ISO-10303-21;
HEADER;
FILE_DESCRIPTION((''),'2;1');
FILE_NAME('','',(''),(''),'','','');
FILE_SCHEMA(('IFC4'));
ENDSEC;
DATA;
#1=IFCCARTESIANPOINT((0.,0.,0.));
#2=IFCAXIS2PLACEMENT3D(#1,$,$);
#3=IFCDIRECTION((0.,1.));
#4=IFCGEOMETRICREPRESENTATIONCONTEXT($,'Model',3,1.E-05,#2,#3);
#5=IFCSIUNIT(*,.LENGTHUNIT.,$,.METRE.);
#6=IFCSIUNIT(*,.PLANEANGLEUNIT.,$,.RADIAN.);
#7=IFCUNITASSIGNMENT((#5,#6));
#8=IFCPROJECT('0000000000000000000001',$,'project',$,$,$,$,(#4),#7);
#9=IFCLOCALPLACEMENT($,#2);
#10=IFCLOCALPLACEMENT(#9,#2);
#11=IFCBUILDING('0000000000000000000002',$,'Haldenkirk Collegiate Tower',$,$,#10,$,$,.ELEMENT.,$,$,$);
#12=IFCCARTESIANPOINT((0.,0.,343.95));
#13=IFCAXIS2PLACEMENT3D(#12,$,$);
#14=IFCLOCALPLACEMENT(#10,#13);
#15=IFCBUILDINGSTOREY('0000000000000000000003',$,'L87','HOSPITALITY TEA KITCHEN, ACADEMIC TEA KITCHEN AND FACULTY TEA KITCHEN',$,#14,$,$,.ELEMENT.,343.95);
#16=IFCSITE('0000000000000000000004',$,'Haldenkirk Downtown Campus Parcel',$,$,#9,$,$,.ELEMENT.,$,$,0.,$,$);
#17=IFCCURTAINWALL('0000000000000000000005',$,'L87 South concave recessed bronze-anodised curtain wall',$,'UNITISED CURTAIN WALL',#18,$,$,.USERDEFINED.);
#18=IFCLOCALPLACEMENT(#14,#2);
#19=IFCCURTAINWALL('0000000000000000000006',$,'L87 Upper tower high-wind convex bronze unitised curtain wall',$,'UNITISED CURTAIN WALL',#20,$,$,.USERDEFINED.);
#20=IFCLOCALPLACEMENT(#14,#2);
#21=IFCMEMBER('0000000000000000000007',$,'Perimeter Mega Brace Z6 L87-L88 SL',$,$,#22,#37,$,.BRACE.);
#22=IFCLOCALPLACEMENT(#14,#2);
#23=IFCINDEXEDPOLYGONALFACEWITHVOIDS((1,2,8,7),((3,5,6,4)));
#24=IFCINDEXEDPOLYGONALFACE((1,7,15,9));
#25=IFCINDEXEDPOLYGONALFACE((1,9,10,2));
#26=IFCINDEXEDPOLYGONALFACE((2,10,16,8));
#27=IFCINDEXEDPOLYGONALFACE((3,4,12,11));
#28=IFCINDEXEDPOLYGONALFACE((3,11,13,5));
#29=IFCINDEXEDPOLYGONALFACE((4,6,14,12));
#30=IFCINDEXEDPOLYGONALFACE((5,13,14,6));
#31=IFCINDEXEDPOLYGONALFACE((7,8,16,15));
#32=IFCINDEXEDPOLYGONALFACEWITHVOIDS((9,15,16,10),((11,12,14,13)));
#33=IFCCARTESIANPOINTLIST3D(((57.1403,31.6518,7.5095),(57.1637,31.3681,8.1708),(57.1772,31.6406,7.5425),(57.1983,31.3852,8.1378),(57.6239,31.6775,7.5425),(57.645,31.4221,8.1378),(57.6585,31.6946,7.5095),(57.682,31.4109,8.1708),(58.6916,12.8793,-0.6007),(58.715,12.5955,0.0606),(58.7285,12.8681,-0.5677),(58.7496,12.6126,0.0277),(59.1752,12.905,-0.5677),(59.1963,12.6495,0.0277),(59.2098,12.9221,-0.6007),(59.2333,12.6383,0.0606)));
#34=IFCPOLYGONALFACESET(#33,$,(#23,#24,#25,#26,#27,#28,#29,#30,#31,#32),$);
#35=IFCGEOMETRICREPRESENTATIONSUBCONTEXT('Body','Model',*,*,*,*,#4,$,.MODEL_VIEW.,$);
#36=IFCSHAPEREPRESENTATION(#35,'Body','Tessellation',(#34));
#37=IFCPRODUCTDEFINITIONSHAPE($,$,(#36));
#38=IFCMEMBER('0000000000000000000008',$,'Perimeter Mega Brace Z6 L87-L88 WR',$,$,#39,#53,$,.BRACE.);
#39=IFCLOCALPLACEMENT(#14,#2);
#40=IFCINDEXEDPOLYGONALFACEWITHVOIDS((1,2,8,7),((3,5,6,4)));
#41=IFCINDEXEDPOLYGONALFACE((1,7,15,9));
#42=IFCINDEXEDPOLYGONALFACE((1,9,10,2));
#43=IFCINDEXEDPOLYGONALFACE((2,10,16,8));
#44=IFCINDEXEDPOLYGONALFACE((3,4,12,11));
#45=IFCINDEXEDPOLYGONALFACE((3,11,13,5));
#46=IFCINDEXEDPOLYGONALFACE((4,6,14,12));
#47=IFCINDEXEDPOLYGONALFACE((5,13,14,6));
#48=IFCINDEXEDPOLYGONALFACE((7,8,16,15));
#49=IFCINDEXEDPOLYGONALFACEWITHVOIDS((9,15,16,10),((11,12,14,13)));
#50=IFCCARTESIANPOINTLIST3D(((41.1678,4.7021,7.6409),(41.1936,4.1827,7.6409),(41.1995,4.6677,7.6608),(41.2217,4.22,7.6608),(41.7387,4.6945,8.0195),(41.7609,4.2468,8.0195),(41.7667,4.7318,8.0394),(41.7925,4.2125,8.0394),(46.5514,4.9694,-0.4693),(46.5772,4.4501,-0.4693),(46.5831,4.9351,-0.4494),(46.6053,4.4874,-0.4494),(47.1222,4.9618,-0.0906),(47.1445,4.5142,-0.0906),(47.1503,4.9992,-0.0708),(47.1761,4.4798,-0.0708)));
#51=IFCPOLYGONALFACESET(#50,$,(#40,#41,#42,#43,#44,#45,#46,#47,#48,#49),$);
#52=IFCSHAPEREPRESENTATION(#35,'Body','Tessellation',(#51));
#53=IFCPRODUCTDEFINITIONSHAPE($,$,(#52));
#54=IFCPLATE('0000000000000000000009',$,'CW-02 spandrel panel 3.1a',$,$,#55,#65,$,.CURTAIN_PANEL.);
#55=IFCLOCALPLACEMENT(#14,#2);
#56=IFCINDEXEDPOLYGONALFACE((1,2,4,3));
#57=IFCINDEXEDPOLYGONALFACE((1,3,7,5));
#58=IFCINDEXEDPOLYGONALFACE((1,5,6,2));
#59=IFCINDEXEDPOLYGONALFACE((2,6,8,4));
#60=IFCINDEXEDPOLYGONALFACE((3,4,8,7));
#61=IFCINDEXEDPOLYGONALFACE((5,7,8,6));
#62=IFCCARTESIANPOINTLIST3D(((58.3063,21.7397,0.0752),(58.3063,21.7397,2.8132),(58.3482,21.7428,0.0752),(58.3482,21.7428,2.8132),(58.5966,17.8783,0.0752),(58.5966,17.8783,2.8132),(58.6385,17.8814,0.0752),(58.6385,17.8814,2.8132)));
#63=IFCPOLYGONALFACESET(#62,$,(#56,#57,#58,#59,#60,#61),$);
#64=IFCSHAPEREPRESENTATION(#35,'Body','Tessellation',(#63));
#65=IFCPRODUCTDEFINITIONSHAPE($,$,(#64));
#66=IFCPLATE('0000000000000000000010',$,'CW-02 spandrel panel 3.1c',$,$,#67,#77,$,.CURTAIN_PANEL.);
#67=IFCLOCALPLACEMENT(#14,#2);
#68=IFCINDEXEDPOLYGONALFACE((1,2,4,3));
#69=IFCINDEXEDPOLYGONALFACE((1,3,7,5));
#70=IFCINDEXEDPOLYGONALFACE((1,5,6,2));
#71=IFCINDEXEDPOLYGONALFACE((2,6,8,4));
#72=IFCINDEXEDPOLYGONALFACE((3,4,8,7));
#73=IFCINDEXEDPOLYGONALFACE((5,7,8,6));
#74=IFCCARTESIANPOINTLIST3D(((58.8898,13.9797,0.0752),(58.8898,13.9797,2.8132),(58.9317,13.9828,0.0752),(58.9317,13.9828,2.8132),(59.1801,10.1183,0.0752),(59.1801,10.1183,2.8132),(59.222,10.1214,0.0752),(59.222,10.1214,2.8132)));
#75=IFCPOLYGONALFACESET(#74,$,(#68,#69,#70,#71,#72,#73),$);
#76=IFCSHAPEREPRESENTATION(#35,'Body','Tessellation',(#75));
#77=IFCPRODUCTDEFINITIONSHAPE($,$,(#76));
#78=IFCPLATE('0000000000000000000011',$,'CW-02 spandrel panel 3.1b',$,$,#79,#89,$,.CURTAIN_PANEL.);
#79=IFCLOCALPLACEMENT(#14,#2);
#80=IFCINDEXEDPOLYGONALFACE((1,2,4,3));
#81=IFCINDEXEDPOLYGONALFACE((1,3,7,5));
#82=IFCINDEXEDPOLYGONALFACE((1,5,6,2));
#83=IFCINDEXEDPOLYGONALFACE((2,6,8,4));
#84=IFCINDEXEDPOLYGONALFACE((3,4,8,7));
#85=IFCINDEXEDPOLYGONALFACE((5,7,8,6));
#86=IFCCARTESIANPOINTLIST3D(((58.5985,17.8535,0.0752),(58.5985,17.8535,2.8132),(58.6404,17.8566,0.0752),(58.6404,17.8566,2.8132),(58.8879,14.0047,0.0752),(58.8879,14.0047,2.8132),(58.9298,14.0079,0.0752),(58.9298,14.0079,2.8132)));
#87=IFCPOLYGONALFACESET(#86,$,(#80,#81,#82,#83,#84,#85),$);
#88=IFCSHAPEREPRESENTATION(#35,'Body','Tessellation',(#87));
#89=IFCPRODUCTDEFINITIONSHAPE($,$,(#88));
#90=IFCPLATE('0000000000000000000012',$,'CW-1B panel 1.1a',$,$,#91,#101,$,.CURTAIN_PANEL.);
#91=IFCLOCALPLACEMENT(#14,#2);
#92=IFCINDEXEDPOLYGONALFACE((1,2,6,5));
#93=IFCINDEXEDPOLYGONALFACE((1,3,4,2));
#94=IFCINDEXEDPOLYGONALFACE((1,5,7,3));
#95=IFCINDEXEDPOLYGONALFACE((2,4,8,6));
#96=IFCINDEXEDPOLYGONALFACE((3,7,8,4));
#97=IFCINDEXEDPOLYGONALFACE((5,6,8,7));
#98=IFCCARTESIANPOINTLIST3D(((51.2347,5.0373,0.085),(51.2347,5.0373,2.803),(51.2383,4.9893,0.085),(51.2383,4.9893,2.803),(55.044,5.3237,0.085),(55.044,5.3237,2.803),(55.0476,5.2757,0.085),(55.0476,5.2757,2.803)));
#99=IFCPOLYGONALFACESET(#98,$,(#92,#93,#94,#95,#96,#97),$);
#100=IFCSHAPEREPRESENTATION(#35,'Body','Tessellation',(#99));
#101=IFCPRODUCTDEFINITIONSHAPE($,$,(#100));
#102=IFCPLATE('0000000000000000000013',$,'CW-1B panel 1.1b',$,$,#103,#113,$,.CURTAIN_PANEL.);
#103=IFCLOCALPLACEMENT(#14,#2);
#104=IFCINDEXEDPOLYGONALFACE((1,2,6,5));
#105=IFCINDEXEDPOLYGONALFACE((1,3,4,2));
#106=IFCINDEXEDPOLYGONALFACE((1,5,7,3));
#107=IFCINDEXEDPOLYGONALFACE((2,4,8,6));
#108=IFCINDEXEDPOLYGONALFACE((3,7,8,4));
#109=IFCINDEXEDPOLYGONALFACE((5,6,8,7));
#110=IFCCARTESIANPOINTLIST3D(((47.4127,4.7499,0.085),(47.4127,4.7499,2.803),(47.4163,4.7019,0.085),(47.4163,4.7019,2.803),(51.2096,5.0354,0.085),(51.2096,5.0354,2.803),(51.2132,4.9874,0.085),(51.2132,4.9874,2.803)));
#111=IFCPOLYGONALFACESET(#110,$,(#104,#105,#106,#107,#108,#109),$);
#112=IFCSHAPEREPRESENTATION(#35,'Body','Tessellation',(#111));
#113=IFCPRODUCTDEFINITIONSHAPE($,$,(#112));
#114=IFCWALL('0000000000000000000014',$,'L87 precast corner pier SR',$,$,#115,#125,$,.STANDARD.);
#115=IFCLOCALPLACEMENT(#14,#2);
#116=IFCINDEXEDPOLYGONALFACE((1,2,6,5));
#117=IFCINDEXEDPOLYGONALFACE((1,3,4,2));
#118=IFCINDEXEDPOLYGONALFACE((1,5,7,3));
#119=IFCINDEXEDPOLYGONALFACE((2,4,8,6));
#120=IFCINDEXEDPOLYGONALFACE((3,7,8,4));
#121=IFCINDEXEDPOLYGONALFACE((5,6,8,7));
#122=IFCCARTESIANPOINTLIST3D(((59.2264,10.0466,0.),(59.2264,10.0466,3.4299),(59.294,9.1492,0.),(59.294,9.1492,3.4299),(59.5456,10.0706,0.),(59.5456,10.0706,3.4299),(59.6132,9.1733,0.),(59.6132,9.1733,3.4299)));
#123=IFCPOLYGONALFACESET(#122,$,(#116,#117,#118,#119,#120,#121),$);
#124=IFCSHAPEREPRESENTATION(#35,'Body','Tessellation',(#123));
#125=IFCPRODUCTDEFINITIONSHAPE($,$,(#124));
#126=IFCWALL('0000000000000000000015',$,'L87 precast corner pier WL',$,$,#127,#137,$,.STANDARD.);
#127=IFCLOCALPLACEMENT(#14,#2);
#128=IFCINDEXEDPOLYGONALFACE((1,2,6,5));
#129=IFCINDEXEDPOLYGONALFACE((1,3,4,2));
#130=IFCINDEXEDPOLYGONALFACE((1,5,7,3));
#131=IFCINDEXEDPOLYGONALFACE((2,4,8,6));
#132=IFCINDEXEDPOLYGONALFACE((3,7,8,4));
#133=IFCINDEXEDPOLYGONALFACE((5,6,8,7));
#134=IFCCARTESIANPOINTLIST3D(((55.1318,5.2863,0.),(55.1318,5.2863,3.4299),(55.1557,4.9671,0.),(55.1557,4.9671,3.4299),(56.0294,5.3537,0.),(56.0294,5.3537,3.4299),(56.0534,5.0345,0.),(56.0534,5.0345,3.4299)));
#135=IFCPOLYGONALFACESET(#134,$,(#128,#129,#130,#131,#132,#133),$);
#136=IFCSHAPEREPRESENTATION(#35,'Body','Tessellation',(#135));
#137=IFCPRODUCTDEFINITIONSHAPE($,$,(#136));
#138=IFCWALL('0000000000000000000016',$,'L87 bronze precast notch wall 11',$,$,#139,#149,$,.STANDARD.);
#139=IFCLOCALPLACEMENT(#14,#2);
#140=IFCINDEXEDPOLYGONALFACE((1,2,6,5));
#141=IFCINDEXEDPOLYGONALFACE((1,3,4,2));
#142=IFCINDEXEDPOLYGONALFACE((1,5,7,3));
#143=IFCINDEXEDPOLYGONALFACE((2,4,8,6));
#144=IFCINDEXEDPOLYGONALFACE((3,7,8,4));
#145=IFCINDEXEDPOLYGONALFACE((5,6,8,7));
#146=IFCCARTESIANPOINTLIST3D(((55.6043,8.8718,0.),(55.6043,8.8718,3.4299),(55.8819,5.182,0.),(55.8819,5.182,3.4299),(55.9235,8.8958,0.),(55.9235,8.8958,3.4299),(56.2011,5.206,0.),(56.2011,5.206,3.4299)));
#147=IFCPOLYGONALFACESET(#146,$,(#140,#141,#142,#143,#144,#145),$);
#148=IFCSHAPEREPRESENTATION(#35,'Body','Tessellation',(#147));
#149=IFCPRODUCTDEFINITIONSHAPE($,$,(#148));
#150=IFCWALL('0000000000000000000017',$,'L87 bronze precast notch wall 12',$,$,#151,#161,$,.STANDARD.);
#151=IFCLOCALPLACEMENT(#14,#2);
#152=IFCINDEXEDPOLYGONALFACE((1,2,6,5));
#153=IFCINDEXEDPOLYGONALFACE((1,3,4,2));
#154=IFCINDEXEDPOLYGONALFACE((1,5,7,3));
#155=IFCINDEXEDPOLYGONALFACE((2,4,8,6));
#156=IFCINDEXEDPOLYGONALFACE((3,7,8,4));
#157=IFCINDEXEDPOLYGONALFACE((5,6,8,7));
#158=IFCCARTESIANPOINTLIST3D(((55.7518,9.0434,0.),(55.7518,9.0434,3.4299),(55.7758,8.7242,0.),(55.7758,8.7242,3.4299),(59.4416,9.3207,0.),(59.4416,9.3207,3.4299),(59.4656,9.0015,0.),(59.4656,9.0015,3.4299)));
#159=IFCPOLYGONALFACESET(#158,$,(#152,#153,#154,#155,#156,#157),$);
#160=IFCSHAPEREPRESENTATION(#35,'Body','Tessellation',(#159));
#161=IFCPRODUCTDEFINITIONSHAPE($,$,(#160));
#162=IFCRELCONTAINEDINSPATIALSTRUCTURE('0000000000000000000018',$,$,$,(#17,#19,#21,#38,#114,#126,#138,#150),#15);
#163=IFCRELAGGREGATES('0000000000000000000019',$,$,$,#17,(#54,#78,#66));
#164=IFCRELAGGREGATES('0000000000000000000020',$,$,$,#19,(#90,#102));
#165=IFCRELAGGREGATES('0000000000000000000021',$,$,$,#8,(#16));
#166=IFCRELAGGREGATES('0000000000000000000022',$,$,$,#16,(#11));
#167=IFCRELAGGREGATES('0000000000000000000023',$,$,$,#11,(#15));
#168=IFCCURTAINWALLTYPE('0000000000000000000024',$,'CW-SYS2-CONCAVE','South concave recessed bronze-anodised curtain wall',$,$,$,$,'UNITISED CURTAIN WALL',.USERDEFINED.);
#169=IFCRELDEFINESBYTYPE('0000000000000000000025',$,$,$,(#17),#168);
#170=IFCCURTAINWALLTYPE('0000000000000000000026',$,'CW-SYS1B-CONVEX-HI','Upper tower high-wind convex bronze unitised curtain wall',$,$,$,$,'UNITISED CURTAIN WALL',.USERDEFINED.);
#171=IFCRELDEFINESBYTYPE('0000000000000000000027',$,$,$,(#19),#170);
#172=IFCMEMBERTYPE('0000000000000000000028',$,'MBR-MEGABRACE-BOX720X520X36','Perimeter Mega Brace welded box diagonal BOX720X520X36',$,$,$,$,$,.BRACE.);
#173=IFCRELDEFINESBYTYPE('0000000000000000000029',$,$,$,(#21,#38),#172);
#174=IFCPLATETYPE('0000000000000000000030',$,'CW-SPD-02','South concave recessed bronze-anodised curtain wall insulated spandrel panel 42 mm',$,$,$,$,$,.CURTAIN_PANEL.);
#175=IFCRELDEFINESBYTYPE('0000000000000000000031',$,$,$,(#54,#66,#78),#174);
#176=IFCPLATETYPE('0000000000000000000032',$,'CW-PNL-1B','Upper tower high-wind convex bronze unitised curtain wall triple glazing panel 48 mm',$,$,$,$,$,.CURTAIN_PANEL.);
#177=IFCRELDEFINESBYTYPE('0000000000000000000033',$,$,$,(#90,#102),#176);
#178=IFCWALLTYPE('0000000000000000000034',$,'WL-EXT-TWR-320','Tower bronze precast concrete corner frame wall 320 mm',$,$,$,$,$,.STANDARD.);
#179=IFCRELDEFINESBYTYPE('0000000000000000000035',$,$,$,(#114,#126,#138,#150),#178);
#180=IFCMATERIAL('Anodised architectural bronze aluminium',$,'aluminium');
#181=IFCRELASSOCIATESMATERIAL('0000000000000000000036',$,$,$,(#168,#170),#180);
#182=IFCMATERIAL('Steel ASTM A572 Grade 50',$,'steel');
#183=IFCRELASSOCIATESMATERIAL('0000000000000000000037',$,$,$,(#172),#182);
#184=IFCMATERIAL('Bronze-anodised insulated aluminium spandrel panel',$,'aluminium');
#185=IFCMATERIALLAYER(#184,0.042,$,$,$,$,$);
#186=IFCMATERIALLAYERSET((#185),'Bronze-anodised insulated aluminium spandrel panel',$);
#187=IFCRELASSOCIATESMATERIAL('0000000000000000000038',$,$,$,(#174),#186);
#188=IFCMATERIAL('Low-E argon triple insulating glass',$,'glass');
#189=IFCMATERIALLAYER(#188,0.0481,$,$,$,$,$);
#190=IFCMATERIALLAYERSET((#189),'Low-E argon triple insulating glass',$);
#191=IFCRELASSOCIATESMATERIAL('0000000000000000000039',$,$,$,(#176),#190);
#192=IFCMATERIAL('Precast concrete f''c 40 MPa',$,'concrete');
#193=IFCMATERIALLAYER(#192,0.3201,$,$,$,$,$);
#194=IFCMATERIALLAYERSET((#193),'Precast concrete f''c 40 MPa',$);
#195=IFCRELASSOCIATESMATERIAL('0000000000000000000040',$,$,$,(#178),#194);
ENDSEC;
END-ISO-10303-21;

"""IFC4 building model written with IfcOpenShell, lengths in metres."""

from ifc_helpers import new_model, si_unit, direction, frame, frame_2d, origin, origin_2d, place, context, subcontext, project, spatial, rectangle, hollow_rectangle, extrude, source, transform, mapped, material, layer, layer_set, material_profile, profile_set, type_object, element, aggregate, save


model = new_model("IFC4")

# Units and contexts
model_context = context("Model", 3, precision=1e-05, world=origin(), true_north=direction((0.0, 1.0)))
body_context = subcontext(model_context, "Body", "Model", "MODEL_VIEW")
ifc_project = project(units=[si_unit("LENGTHUNIT", "METRE"), si_unit("PLANEANGLEUNIT", "RADIAN")], contexts=[model_context])

# Site, building, storey
site_placement = place(None, origin())
site = spatial("IfcSite", under=ifc_project, at=site_placement, Name="Haldenkirk Downtown Campus Parcel", CompositionType="ELEMENT", RefElevation=0.0)
building_placement = place(site_placement, origin())
building = spatial("IfcBuilding", under=site, at=building_placement, Name="Haldenkirk Collegiate Tower", CompositionType="ELEMENT")
storey_placement = place(building_placement, frame((0.0, 0.0, 343.95)))
storey = spatial("IfcBuildingStorey", under=building, at=storey_placement, Name="L87", Description="HOSPITALITY TEA KITCHEN, ACADEMIC TEA KITCHEN AND FACULTY TEA KITCHEN", CompositionType="ELEMENT", Elevation=343.95)

# Shared definitions
ifc_material_1 = material(Name="Steel ASTM A572 Grade 50", Category="steel")

# Curtain wall
ifc_material_2 = material(Name="Anodised architectural bronze aluminium", Category="aluminium")
curtain_wall_type_1 = type_object("IfcCurtainWallType", Name="CW-SYS2-CONCAVE", Description="South concave recessed bronze-anodised curtain wall", ElementType="UNITISED CURTAIN WALL", PredefinedType="USERDEFINED", material=ifc_material_2)
curtain_wall_1_placement = place(storey_placement, origin())
curtain_wall_1 = element("IfcCurtainWall", 1, at=curtain_wall_1_placement, inside=storey, type_object=curtain_wall_type_1, Name="L87 South concave recessed bronze-anodised curtain wall", ObjectType="UNITISED CURTAIN WALL", PredefinedType="USERDEFINED")

# Curtain wall
curtain_wall_type_2 = type_object("IfcCurtainWallType", Name="CW-SYS1B-CONVEX-HI", Description="Upper tower high-wind convex bronze unitised curtain wall", ElementType="UNITISED CURTAIN WALL", PredefinedType="USERDEFINED", material=ifc_material_2)
curtain_wall_2_placement = place(storey_placement, origin())
curtain_wall_2 = element("IfcCurtainWall", 2, at=curtain_wall_2_placement, inside=storey, type_object=curtain_wall_type_2, Name="L87 Upper tower high-wind convex bronze unitised curtain wall", ObjectType="UNITISED CURTAIN WALL", PredefinedType="USERDEFINED")

# Members
ifc_material_profile_1 = material_profile(ifc_material_1, hollow_rectangle(XDim=0.52, YDim=0.72, WallThickness=0.0359, at=origin_2d()), Name="BOX720X520X36")
ifc_profile_set_1 = profile_set([ifc_material_profile_1], Name="Steel ASTM A572 Grade 50")
member_type_1 = type_object("IfcMemberType", Name="MBR-MEGABRACE-BOX720X520X36", Description="Perimeter Mega Brace welded box diagonal BOX720X520X36", PredefinedType="BRACE", material=ifc_profile_set_1)
member_1_placement = place(storey_placement, frame((58.9624, 12.7588, -0.27), z_axis=(-0.075641, 0.915364, 0.395457), x_axis=(-0.996603, -0.082355, 0.0)))
element("IfcMember", 3, at=member_1_placement, inside=storey, type_object=member_type_1, Name="Perimeter Mega Brace Z6 L87-L88 SL", PredefinedType="BRACE", context=body_context, shape_type="SweptSolid", body=[
    extrude(hollow_rectangle(XDim=0.52, YDim=0.72, WallThickness=0.0359, at=origin_2d()), origin(), (0.0, 0.0, 1.0), 20.5083),
])
member_2_placement = place(storey_placement, frame((46.8638, 4.7246, -0.27), z_axis=(-0.552841, -0.027453, 0.832834), x_axis=(0.049597, -0.998769, 0.0)))
element("IfcMember", 4, at=member_2_placement, inside=storey, type_object=member_type_1, Name="Perimeter Mega Brace Z6 L87-L88 WR", PredefinedType="BRACE", context=body_context, shape_type="SweptSolid", body=[
    extrude(hollow_rectangle(XDim=0.52, YDim=0.72, WallThickness=0.0359, at=origin_2d()), origin(), (0.0, 0.0, 1.0), 9.738),
])

# Plates
ifc_material_3 = material(Name="Bronze-anodised insulated aluminium spandrel panel", Category="aluminium")
ifc_layer_1 = layer(ifc_material_3, 0.042)
ifc_layer_set_1 = layer_set([ifc_layer_1], Name="Bronze-anodised insulated aluminium spandrel panel")
plate_type_1 = type_object("IfcPlateType", Name="CW-SPD-02", Description="South concave recessed bronze-anodised curtain wall insulated spandrel panel 42 mm", PredefinedType="CURTAIN_PANEL", material=ifc_layer_set_1)
shared_shape_1 = source(origin(), body_context, "Body", "SweptSolid", [
    extrude(rectangle(XDim=3.8723, YDim=0.042, at=origin_2d()), origin(), (0.0, 0.0, 1.0), 2.738),
])
plate_1_placement = place(storey_placement, frame((58.4724, 19.8105, 0.0752), z_axis=(0.0, 0.0, 1.0), x_axis=(0.074977, -0.997185, 0.0)))
plate_1 = element("IfcPlate", 5, at=plate_1_placement, type_object=plate_type_1, Name="CW-02 spandrel panel 3.1a", PredefinedType="CURTAIN_PANEL", context=body_context, shape_type="MappedRepresentation", body=[
    mapped(shared_shape_1, transform((0.0, 0.0, 0.0), x_axis=(1.0, 0.0, 0.0), y_axis=(0.0, 1.0, 0.0), z_axis=(0.0, 0.0, 1.0), scale=1.0)),
])
plate_2_placement = place(storey_placement, frame((59.0559, 12.0505, 0.0752), z_axis=(0.0, 0.0, 1.0), x_axis=(0.074977, -0.997185, 0.0)))
plate_2 = element("IfcPlate", 6, at=plate_2_placement, type_object=plate_type_1, Name="CW-02 spandrel panel 3.1c", PredefinedType="CURTAIN_PANEL", context=body_context, shape_type="MappedRepresentation", body=[
    mapped(shared_shape_1, transform((0.0, 0.0, 0.0), x_axis=(1.0, 0.0, 0.0), y_axis=(0.0, 1.0, 0.0), z_axis=(0.0, 0.0, 1.0), scale=1.0)),
])
shared_shape_2 = source(origin(), body_context, "Body", "SweptSolid", [
    extrude(rectangle(XDim=3.8596, YDim=0.042, at=origin_2d()), origin(), (0.0, 0.0, 1.0), 2.738),
])
plate_3_placement = place(storey_placement, frame((58.7642, 15.9307, 0.0752), z_axis=(0.0, 0.0, 1.0), x_axis=(0.074977, -0.997185, 0.0)))
plate_3 = element("IfcPlate", 7, at=plate_3_placement, type_object=plate_type_1, Name="CW-02 spandrel panel 3.1b", PredefinedType="CURTAIN_PANEL", context=body_context, shape_type="MappedRepresentation", body=[
    mapped(shared_shape_2, transform((0.0, 0.0, 0.0), x_axis=(1.0, 0.0, 0.0), y_axis=(0.0, 1.0, 0.0), z_axis=(0.0, 0.0, 1.0), scale=1.0)),
])
aggregate(curtain_wall_1, [plate_1, plate_3, plate_2])
ifc_material_4 = material(Name="Low-E argon triple insulating glass", Category="glass")
ifc_layer_2 = layer(ifc_material_4, 0.0481)
ifc_layer_set_2 = layer_set([ifc_layer_2], Name="Low-E argon triple insulating glass")
plate_type_2 = type_object("IfcPlateType", Name="CW-PNL-1B", Description="Upper tower high-wind convex bronze unitised curtain wall triple glazing panel 48 mm", PredefinedType="CURTAIN_PANEL", material=ifc_layer_set_2)
shared_shape_3 = source(origin(), body_context, "Body", "SweptSolid", [
    extrude(rectangle(XDim=3.8201, YDim=0.0481, at=origin_2d()), origin(), (0.0, 0.0, 1.0), 2.718),
])
plate_4_placement = place(storey_placement, frame((53.1411, 5.1565, 0.085), z_axis=(0.0, 0.0, 1.0), x_axis=(-0.997185, -0.074976, 0.0)))
plate_4 = element("IfcPlate", 8, at=plate_4_placement, type_object=plate_type_2, Name="CW-1B panel 1.1a", PredefinedType="CURTAIN_PANEL", context=body_context, shape_type="MappedRepresentation", body=[
    mapped(shared_shape_3, transform((0.0, 0.0, 0.0), x_axis=(1.0, 0.0, 0.0), y_axis=(0.0, 1.0, 0.0), z_axis=(0.0, 0.0, 1.0), scale=1.0)),
])
shared_shape_4 = source(origin(), body_context, "Body", "SweptSolid", [
    extrude(rectangle(XDim=3.8076, YDim=0.0481, at=origin_2d()), origin(), (0.0, 0.0, 1.0), 2.718),
])
plate_5_placement = place(storey_placement, frame((49.313, 4.8687, 0.085), z_axis=(0.0, 0.0, 1.0), x_axis=(-0.997185, -0.074976, 0.0)))
plate_5 = element("IfcPlate", 9, at=plate_5_placement, type_object=plate_type_2, Name="CW-1B panel 1.1b", PredefinedType="CURTAIN_PANEL", context=body_context, shape_type="MappedRepresentation", body=[
    mapped(shared_shape_4, transform((0.0, 0.0, 0.0), x_axis=(1.0, 0.0, 0.0), y_axis=(0.0, 1.0, 0.0), z_axis=(0.0, 0.0, 1.0), scale=1.0)),
])
aggregate(curtain_wall_2, [plate_4, plate_5])

# Walls
ifc_material_5 = material(Name="Precast concrete f'c 40 MPa", Category="concrete")
ifc_layer_3 = layer(ifc_material_5, 0.3201)
ifc_layer_set_3 = layer_set([ifc_layer_3], Name="Precast concrete f'c 40 MPa")
wall_type_1 = type_object("IfcWallType", Name="WL-EXT-TWR-320", Description="Tower bronze precast concrete corner frame wall 320 mm", PredefinedType="STANDARD", material=ifc_layer_set_3)
wall_1_placement = place(storey_placement, frame((59.386, 10.0586, 0.0), z_axis=(0.0, 0.0, 1.0), x_axis=(0.075141, -0.997173, 0.0)))
element("IfcWall", 10, at=wall_1_placement, inside=storey, type_object=wall_type_1, Name="L87 precast corner pier SR", PredefinedType="STANDARD", context=body_context, shape_type="SweptSolid", body=[
    extrude(rectangle(XDim=0.8999, YDim=0.3201, at=frame_2d((0.45, 0.0))), origin(), (0.0, 0.0, 1.0), 3.4299),
])
wall_2_placement = place(storey_placement, frame((56.0415, 5.1941, 0.0), z_axis=(0.0, 0.0, 1.0), x_axis=(-0.997195, -0.074851, 0.0)))
element("IfcWall", 11, at=wall_2_placement, inside=storey, type_object=wall_type_1, Name="L87 precast corner pier WL", PredefinedType="STANDARD", context=body_context, shape_type="SweptSolid", body=[
    extrude(rectangle(XDim=0.9001, YDim=0.3201, at=frame_2d((0.4502, 0.0))), origin(), (0.0, 0.0, 1.0), 3.4299),
])
for number, where, z_axis, x_axis, name in (
    (12, (55.7639, 8.8838, 0.0), (0.0, 0.0, 1.0), (0.075021, -0.997182, 0.0), "L87 bronze precast notch wall 11"),
    (13, (59.4536, 9.1611, 0.0), (0.0, 0.0, 1.0), (-0.997187, -0.074956, 0.0), "L87 bronze precast notch wall 12"),
):
    element("IfcWall", number, at=place(storey_placement, frame(where, z_axis=z_axis, x_axis=x_axis)), inside=storey, type_object=wall_type_1, Name=name, PredefinedType="STANDARD", context=body_context, shape_type="SweptSolid", body=[
        extrude(rectangle(XDim=3.7002, YDim=0.3201, at=frame_2d((1.8501, 0.0))), origin(), (0.0, 0.0, 1.0), 3.4299),
    ])

save(model, "model.ifc")
